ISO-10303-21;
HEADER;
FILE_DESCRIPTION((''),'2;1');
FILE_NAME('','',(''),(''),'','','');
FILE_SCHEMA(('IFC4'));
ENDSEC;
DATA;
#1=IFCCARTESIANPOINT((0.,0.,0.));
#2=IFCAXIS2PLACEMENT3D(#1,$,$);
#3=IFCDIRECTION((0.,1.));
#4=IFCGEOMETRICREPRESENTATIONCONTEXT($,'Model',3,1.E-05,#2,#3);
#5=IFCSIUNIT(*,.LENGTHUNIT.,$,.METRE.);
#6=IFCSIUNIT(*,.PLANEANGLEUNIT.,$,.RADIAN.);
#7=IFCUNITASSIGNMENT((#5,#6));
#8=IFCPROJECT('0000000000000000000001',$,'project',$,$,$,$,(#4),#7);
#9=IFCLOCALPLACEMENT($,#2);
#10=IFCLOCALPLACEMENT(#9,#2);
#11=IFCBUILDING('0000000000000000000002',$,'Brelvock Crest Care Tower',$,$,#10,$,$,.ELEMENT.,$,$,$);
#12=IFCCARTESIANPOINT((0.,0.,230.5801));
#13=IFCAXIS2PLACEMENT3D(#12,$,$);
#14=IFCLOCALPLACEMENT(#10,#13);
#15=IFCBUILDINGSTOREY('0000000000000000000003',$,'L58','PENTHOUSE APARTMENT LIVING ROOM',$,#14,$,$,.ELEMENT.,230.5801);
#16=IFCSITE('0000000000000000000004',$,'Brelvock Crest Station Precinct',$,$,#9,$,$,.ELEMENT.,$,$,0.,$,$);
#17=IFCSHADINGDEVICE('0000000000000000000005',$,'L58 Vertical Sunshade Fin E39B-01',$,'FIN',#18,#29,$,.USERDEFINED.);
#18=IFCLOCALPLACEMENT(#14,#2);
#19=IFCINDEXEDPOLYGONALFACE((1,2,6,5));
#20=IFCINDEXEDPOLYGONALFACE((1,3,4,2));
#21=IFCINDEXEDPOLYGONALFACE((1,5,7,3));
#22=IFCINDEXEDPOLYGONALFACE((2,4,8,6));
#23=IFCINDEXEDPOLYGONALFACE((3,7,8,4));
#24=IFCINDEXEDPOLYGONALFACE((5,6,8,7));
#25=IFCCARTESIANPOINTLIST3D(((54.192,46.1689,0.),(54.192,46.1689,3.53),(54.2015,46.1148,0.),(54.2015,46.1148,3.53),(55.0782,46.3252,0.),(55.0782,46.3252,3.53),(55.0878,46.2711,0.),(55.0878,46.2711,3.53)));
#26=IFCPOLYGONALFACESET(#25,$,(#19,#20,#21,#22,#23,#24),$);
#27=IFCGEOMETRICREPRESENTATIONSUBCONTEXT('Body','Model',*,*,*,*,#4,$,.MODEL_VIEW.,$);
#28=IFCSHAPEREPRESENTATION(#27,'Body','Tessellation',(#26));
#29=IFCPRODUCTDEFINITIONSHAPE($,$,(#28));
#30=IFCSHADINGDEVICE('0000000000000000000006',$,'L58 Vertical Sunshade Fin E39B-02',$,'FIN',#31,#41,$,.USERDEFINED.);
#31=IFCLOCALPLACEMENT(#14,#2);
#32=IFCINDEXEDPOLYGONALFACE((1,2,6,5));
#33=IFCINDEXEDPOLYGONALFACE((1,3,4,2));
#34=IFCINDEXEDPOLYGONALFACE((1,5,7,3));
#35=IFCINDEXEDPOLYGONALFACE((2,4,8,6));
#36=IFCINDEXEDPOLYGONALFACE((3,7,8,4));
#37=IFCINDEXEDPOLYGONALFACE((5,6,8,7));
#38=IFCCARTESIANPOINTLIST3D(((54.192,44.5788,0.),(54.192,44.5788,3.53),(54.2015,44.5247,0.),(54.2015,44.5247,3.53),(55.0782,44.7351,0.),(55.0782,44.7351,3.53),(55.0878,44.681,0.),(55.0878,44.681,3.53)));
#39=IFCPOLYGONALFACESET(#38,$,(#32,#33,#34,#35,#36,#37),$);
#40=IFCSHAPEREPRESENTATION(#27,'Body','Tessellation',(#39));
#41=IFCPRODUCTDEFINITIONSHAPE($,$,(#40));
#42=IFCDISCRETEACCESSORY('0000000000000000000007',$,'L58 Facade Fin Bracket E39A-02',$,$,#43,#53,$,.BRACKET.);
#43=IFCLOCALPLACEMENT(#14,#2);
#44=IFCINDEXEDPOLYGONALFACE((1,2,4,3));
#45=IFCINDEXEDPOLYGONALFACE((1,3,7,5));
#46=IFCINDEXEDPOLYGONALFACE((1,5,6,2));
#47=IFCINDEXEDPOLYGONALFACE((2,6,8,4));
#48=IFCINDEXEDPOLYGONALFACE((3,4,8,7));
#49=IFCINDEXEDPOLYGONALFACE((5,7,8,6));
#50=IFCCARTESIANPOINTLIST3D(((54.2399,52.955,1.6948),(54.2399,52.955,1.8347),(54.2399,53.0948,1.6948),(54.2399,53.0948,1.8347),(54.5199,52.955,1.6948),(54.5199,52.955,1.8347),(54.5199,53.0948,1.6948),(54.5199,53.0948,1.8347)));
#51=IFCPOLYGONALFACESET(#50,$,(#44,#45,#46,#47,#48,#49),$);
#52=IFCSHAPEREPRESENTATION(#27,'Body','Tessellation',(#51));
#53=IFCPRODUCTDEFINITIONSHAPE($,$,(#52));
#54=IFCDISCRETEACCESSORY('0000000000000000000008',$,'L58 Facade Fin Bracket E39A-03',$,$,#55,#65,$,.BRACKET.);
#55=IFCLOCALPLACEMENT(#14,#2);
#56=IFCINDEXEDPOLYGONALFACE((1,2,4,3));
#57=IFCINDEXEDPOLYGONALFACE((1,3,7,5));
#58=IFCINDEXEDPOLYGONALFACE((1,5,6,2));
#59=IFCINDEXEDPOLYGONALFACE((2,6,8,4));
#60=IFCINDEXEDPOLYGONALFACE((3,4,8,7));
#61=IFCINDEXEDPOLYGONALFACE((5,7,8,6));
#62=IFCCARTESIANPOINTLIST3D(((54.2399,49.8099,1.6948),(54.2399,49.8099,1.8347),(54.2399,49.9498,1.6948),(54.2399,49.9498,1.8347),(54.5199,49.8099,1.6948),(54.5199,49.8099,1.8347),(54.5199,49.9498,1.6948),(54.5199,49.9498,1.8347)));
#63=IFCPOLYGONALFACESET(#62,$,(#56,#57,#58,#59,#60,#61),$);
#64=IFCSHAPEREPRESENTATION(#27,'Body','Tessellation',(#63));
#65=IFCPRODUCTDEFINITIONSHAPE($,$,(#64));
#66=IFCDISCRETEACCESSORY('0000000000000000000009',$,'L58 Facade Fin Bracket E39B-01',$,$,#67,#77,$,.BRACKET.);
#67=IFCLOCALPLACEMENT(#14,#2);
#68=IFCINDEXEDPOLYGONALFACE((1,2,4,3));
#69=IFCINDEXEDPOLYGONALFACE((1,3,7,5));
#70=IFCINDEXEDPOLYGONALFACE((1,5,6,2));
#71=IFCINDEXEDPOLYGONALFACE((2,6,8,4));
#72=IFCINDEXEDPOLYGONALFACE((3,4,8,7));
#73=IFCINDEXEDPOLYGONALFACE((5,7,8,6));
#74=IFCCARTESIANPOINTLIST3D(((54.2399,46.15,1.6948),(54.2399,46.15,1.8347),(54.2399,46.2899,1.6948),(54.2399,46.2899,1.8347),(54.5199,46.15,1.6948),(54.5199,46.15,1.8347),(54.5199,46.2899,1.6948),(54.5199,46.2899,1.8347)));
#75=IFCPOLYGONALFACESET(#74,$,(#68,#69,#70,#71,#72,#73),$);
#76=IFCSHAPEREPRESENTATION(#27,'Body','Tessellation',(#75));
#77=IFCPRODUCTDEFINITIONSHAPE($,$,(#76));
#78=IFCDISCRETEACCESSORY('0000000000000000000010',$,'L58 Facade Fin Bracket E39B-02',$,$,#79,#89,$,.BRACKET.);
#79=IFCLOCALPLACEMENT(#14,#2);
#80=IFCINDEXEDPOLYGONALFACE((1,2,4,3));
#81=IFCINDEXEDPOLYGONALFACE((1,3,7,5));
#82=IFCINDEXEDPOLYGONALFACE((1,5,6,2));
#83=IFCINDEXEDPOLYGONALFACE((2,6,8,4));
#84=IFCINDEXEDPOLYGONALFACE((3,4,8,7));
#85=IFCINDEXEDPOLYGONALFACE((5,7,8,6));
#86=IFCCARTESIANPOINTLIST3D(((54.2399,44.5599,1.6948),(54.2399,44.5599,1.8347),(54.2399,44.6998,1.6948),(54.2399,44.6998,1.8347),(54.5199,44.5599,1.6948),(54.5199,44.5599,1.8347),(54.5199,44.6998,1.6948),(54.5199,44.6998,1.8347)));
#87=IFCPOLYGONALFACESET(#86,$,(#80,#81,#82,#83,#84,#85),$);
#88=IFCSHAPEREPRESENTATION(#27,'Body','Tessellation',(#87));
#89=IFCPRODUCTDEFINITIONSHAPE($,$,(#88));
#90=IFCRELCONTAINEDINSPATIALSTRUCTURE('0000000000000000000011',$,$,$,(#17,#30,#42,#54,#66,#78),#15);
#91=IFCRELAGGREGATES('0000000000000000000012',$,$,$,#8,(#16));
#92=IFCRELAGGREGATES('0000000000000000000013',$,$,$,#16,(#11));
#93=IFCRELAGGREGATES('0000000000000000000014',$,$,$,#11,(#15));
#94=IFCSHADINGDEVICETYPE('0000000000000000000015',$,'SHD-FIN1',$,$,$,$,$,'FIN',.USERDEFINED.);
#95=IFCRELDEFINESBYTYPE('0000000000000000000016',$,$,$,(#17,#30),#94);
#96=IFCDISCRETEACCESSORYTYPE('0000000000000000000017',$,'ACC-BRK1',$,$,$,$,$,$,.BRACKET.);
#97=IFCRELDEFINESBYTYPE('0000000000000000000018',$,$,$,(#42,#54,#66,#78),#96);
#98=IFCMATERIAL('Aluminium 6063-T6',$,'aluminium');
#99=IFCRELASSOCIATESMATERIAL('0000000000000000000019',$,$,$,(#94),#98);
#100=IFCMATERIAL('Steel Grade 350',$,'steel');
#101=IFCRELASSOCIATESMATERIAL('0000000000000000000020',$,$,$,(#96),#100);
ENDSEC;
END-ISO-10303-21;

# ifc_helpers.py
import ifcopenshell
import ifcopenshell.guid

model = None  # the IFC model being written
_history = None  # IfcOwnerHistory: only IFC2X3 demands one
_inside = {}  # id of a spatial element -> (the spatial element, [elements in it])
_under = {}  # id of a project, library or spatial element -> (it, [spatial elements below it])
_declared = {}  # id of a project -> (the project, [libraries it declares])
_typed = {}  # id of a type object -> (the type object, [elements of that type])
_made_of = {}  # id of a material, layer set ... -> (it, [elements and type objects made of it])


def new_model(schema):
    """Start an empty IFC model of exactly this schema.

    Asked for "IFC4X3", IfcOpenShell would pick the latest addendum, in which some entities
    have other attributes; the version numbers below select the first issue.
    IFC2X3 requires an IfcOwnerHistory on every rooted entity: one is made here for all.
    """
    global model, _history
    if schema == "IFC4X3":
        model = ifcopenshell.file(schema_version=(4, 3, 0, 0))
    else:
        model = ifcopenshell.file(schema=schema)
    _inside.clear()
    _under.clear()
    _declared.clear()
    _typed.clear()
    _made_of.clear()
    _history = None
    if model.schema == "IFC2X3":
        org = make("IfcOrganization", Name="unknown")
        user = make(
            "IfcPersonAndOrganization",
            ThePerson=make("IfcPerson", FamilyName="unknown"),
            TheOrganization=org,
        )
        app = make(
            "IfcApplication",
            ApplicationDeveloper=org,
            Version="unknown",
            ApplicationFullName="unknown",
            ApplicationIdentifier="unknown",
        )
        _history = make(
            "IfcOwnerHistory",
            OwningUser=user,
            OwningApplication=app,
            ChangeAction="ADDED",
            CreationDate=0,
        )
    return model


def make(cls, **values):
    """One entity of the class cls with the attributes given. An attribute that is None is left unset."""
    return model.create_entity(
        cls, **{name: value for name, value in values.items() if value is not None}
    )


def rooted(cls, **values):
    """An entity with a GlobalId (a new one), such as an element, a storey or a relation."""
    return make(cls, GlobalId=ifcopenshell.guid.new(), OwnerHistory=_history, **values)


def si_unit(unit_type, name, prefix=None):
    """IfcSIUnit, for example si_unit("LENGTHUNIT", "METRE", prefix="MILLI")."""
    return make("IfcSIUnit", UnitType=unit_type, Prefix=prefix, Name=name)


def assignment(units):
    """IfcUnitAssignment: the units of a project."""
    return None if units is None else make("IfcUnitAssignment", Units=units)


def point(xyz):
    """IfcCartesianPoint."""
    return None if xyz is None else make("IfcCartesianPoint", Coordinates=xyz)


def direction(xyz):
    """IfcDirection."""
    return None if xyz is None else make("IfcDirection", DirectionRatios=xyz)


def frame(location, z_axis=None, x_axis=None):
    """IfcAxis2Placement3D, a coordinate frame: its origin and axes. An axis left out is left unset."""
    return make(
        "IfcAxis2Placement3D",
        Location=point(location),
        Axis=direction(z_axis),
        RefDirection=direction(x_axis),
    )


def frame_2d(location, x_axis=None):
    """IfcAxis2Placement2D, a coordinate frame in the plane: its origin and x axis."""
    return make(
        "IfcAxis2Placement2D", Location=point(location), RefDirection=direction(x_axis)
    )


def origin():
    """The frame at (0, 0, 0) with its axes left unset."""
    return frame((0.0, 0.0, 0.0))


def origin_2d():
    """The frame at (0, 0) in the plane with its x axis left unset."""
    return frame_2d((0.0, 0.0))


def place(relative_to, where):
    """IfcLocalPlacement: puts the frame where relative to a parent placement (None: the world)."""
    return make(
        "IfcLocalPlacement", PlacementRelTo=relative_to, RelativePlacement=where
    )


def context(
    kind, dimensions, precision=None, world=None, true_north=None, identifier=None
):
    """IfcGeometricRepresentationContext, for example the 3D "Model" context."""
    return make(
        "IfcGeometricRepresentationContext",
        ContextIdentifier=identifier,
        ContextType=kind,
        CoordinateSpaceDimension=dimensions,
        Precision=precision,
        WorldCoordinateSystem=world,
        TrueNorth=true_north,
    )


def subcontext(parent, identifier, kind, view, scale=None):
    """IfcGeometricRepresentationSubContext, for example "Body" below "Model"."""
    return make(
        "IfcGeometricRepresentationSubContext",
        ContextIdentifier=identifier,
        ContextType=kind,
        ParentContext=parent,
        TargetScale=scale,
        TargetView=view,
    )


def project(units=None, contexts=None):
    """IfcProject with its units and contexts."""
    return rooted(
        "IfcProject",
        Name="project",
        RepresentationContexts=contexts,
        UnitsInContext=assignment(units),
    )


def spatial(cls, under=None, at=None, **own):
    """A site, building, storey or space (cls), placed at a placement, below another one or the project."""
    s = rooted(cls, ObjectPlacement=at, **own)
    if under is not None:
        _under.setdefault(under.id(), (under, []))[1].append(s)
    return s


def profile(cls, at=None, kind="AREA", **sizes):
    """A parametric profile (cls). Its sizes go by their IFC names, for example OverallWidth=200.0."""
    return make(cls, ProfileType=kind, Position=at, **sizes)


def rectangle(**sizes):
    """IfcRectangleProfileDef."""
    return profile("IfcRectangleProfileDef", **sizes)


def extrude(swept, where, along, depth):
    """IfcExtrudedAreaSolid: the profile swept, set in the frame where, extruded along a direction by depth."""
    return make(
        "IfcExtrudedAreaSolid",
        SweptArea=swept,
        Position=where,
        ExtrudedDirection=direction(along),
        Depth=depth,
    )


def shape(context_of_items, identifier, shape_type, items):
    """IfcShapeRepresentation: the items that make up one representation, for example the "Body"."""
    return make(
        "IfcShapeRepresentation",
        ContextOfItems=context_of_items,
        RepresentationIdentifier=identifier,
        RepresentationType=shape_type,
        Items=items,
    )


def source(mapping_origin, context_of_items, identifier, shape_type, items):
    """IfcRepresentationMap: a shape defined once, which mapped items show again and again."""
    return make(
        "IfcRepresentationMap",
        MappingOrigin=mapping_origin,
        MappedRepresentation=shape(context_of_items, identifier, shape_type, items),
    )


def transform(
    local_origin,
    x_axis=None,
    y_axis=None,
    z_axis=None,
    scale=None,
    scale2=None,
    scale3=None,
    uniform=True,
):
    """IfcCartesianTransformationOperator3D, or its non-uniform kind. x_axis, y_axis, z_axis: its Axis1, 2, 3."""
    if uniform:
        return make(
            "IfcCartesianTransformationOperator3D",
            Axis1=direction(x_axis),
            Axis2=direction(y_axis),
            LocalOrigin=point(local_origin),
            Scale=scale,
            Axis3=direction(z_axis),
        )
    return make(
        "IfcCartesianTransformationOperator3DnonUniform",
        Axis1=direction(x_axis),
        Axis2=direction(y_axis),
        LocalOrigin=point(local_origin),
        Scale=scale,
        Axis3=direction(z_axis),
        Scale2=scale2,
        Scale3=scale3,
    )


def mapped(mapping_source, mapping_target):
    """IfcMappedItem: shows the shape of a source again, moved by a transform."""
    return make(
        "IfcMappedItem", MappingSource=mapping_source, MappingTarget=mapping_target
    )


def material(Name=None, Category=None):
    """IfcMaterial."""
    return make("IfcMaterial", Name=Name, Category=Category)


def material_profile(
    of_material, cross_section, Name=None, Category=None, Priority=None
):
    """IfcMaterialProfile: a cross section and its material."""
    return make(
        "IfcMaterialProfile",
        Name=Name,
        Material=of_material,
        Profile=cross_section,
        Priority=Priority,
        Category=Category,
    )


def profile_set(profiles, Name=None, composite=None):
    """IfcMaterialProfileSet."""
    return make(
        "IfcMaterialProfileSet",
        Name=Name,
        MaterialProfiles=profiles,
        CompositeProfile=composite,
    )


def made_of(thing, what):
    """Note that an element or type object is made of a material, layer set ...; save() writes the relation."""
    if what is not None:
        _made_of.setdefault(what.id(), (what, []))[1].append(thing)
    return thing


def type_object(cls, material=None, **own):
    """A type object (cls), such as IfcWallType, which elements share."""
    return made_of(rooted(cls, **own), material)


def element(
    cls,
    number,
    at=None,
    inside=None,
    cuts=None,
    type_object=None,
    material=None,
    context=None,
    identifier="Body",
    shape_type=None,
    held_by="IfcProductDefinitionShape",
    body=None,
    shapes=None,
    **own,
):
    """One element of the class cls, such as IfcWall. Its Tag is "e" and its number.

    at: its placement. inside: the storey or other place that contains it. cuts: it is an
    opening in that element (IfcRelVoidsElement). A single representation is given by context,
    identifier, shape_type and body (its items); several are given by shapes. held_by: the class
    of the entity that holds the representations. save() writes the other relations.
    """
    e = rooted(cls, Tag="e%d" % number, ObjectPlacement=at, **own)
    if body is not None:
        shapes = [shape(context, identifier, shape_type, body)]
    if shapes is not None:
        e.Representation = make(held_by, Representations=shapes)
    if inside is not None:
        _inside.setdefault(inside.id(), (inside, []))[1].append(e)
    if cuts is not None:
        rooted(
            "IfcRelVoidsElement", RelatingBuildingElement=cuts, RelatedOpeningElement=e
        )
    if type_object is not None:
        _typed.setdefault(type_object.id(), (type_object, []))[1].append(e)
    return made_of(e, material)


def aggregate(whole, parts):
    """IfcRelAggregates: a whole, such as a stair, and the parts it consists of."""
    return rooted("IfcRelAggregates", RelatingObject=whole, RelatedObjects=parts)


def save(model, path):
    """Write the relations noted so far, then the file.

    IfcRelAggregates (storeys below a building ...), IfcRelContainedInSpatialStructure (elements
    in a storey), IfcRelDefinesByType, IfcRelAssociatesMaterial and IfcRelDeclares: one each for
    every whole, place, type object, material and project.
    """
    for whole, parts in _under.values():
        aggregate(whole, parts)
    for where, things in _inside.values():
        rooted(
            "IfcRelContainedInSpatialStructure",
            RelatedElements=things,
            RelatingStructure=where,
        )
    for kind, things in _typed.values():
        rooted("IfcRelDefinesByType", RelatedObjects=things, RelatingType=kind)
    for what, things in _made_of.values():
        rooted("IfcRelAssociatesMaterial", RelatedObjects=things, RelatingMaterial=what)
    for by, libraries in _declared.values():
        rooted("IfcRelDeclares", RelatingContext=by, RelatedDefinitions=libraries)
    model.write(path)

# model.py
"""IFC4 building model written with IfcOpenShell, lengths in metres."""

from ifc_helpers import new_model, si_unit, direction, frame, origin, origin_2d, place, context, subcontext, project, spatial, rectangle, extrude, source, transform, mapped, material, material_profile, profile_set, type_object, element, save


model = new_model("IFC4")

# Units and contexts
model_context = context("Model", 3, precision=1e-05, world=origin(), true_north=direction((0.0, 1.0)))
body_context = subcontext(model_context, "Body", "Model", "MODEL_VIEW")
ifc_project = project(units=[si_unit("LENGTHUNIT", "METRE"), si_unit("PLANEANGLEUNIT", "RADIAN")], contexts=[model_context])

# Site, building, storey
site_placement = place(None, origin())
site = spatial("IfcSite", under=ifc_project, at=site_placement, Name="Brelvock Crest Station Precinct", CompositionType="ELEMENT", RefElevation=0.0)
building_placement = place(site_placement, origin())
building = spatial("IfcBuilding", under=site, at=building_placement, Name="Brelvock Crest Care Tower", CompositionType="ELEMENT")
storey_placement = place(building_placement, frame((0.0, 0.0, 230.5801)))
storey = spatial("IfcBuildingStorey", under=building, at=storey_placement, Name="L58", Description="PENTHOUSE APARTMENT LIVING ROOM", CompositionType="ELEMENT", Elevation=230.5801)

# Shared definitions
ifc_material_1 = material(Name="Aluminium 6063-T6", Category="aluminium")

# Shading devices
ifc_material_profile_1 = material_profile(ifc_material_1, rectangle(XDim=0.0549, YDim=0.8999, at=origin_2d()), Name="FIN55x900")
ifc_profile_set_1 = profile_set([ifc_material_profile_1], Name="Aluminium 6063-T6")
shading_device_type = type_object("IfcShadingDeviceType", Name="SHD-FIN1", ElementType="FIN", PredefinedType="USERDEFINED", material=ifc_profile_set_1)
shared_shape_1 = source(origin(), body_context, "Body", "SweptSolid", [
    extrude(rectangle(XDim=0.0549, YDim=0.8999, at=origin_2d()), origin(), (0.0, 0.0, 1.0), 3.53),
])
for number, where, z_axis, x_axis, name in (
    (1, (54.6399, 46.22, 0.0), (0.0, 0.0, 1.0), (0.173648, -0.984808, 0.0), "L58 Vertical Sunshade Fin E39B-01"),
    (2, (54.6399, 44.6299, 0.0), (0.0, 0.0, 1.0), (0.173648, -0.984808, 0.0), "L58 Vertical Sunshade Fin E39B-02"),
):
    element("IfcShadingDevice", number, at=place(storey_placement, frame(where, z_axis=z_axis, x_axis=x_axis)), inside=storey, type_object=shading_device_type, Name=name, ObjectType="FIN", PredefinedType="USERDEFINED", context=body_context, shape_type="MappedRepresentation", body=[
        mapped(shared_shape_1, transform((0.0, 0.0, 0.0), x_axis=(1.0, 0.0, 0.0), y_axis=(0.0, 1.0, 0.0), z_axis=(0.0, 0.0, 1.0), scale=1.0)),
    ])

# Discrete accessories
ifc_material_2 = material(Name="Steel Grade 350", Category="steel")
discrete_accessory_type = type_object("IfcDiscreteAccessoryType", Name="ACC-BRK1", PredefinedType="BRACKET", material=ifc_material_2)
shared_shape_2 = source(origin(), body_context, "Body", "SweptSolid", [
    extrude(rectangle(XDim=0.28, YDim=0.1399, at=origin_2d()), origin(), (0.0, 0.0, 1.0), 0.1399),
])
for number, where, z_axis, x_axis, name in (
    (3, (54.3799, 53.0249, 1.6948), (0.0, 0.0, 1.0), (1.0, 0.0, 0.0), "L58 Facade Fin Bracket E39A-02"),
    (4, (54.3799, 49.8799, 1.6948), (0.0, 0.0, 1.0), (1.0, 0.0, 0.0), "L58 Facade Fin Bracket E39A-03"),
    (5, (54.3799, 46.22, 1.6948), (0.0, 0.0, 1.0), (1.0, 0.0, 0.0), "L58 Facade Fin Bracket E39B-01"),
    (6, (54.3799, 44.6299, 1.6948), (0.0, 0.0, 1.0), (1.0, 0.0, 0.0), "L58 Facade Fin Bracket E39B-02"),
):
    element("IfcDiscreteAccessory", number, at=place(storey_placement, frame(where, z_axis=z_axis, x_axis=x_axis)), inside=storey, type_object=discrete_accessory_type, Name=name, PredefinedType="BRACKET", context=body_context, shape_type="MappedRepresentation", body=[
        mapped(shared_shape_2, transform((0.0, 0.0, 0.0), x_axis=(1.0, 0.0, 0.0), y_axis=(0.0, 1.0, 0.0), z_axis=(0.0, 0.0, 1.0), scale=1.0)),
    ])

save(model, "model.ifc")
